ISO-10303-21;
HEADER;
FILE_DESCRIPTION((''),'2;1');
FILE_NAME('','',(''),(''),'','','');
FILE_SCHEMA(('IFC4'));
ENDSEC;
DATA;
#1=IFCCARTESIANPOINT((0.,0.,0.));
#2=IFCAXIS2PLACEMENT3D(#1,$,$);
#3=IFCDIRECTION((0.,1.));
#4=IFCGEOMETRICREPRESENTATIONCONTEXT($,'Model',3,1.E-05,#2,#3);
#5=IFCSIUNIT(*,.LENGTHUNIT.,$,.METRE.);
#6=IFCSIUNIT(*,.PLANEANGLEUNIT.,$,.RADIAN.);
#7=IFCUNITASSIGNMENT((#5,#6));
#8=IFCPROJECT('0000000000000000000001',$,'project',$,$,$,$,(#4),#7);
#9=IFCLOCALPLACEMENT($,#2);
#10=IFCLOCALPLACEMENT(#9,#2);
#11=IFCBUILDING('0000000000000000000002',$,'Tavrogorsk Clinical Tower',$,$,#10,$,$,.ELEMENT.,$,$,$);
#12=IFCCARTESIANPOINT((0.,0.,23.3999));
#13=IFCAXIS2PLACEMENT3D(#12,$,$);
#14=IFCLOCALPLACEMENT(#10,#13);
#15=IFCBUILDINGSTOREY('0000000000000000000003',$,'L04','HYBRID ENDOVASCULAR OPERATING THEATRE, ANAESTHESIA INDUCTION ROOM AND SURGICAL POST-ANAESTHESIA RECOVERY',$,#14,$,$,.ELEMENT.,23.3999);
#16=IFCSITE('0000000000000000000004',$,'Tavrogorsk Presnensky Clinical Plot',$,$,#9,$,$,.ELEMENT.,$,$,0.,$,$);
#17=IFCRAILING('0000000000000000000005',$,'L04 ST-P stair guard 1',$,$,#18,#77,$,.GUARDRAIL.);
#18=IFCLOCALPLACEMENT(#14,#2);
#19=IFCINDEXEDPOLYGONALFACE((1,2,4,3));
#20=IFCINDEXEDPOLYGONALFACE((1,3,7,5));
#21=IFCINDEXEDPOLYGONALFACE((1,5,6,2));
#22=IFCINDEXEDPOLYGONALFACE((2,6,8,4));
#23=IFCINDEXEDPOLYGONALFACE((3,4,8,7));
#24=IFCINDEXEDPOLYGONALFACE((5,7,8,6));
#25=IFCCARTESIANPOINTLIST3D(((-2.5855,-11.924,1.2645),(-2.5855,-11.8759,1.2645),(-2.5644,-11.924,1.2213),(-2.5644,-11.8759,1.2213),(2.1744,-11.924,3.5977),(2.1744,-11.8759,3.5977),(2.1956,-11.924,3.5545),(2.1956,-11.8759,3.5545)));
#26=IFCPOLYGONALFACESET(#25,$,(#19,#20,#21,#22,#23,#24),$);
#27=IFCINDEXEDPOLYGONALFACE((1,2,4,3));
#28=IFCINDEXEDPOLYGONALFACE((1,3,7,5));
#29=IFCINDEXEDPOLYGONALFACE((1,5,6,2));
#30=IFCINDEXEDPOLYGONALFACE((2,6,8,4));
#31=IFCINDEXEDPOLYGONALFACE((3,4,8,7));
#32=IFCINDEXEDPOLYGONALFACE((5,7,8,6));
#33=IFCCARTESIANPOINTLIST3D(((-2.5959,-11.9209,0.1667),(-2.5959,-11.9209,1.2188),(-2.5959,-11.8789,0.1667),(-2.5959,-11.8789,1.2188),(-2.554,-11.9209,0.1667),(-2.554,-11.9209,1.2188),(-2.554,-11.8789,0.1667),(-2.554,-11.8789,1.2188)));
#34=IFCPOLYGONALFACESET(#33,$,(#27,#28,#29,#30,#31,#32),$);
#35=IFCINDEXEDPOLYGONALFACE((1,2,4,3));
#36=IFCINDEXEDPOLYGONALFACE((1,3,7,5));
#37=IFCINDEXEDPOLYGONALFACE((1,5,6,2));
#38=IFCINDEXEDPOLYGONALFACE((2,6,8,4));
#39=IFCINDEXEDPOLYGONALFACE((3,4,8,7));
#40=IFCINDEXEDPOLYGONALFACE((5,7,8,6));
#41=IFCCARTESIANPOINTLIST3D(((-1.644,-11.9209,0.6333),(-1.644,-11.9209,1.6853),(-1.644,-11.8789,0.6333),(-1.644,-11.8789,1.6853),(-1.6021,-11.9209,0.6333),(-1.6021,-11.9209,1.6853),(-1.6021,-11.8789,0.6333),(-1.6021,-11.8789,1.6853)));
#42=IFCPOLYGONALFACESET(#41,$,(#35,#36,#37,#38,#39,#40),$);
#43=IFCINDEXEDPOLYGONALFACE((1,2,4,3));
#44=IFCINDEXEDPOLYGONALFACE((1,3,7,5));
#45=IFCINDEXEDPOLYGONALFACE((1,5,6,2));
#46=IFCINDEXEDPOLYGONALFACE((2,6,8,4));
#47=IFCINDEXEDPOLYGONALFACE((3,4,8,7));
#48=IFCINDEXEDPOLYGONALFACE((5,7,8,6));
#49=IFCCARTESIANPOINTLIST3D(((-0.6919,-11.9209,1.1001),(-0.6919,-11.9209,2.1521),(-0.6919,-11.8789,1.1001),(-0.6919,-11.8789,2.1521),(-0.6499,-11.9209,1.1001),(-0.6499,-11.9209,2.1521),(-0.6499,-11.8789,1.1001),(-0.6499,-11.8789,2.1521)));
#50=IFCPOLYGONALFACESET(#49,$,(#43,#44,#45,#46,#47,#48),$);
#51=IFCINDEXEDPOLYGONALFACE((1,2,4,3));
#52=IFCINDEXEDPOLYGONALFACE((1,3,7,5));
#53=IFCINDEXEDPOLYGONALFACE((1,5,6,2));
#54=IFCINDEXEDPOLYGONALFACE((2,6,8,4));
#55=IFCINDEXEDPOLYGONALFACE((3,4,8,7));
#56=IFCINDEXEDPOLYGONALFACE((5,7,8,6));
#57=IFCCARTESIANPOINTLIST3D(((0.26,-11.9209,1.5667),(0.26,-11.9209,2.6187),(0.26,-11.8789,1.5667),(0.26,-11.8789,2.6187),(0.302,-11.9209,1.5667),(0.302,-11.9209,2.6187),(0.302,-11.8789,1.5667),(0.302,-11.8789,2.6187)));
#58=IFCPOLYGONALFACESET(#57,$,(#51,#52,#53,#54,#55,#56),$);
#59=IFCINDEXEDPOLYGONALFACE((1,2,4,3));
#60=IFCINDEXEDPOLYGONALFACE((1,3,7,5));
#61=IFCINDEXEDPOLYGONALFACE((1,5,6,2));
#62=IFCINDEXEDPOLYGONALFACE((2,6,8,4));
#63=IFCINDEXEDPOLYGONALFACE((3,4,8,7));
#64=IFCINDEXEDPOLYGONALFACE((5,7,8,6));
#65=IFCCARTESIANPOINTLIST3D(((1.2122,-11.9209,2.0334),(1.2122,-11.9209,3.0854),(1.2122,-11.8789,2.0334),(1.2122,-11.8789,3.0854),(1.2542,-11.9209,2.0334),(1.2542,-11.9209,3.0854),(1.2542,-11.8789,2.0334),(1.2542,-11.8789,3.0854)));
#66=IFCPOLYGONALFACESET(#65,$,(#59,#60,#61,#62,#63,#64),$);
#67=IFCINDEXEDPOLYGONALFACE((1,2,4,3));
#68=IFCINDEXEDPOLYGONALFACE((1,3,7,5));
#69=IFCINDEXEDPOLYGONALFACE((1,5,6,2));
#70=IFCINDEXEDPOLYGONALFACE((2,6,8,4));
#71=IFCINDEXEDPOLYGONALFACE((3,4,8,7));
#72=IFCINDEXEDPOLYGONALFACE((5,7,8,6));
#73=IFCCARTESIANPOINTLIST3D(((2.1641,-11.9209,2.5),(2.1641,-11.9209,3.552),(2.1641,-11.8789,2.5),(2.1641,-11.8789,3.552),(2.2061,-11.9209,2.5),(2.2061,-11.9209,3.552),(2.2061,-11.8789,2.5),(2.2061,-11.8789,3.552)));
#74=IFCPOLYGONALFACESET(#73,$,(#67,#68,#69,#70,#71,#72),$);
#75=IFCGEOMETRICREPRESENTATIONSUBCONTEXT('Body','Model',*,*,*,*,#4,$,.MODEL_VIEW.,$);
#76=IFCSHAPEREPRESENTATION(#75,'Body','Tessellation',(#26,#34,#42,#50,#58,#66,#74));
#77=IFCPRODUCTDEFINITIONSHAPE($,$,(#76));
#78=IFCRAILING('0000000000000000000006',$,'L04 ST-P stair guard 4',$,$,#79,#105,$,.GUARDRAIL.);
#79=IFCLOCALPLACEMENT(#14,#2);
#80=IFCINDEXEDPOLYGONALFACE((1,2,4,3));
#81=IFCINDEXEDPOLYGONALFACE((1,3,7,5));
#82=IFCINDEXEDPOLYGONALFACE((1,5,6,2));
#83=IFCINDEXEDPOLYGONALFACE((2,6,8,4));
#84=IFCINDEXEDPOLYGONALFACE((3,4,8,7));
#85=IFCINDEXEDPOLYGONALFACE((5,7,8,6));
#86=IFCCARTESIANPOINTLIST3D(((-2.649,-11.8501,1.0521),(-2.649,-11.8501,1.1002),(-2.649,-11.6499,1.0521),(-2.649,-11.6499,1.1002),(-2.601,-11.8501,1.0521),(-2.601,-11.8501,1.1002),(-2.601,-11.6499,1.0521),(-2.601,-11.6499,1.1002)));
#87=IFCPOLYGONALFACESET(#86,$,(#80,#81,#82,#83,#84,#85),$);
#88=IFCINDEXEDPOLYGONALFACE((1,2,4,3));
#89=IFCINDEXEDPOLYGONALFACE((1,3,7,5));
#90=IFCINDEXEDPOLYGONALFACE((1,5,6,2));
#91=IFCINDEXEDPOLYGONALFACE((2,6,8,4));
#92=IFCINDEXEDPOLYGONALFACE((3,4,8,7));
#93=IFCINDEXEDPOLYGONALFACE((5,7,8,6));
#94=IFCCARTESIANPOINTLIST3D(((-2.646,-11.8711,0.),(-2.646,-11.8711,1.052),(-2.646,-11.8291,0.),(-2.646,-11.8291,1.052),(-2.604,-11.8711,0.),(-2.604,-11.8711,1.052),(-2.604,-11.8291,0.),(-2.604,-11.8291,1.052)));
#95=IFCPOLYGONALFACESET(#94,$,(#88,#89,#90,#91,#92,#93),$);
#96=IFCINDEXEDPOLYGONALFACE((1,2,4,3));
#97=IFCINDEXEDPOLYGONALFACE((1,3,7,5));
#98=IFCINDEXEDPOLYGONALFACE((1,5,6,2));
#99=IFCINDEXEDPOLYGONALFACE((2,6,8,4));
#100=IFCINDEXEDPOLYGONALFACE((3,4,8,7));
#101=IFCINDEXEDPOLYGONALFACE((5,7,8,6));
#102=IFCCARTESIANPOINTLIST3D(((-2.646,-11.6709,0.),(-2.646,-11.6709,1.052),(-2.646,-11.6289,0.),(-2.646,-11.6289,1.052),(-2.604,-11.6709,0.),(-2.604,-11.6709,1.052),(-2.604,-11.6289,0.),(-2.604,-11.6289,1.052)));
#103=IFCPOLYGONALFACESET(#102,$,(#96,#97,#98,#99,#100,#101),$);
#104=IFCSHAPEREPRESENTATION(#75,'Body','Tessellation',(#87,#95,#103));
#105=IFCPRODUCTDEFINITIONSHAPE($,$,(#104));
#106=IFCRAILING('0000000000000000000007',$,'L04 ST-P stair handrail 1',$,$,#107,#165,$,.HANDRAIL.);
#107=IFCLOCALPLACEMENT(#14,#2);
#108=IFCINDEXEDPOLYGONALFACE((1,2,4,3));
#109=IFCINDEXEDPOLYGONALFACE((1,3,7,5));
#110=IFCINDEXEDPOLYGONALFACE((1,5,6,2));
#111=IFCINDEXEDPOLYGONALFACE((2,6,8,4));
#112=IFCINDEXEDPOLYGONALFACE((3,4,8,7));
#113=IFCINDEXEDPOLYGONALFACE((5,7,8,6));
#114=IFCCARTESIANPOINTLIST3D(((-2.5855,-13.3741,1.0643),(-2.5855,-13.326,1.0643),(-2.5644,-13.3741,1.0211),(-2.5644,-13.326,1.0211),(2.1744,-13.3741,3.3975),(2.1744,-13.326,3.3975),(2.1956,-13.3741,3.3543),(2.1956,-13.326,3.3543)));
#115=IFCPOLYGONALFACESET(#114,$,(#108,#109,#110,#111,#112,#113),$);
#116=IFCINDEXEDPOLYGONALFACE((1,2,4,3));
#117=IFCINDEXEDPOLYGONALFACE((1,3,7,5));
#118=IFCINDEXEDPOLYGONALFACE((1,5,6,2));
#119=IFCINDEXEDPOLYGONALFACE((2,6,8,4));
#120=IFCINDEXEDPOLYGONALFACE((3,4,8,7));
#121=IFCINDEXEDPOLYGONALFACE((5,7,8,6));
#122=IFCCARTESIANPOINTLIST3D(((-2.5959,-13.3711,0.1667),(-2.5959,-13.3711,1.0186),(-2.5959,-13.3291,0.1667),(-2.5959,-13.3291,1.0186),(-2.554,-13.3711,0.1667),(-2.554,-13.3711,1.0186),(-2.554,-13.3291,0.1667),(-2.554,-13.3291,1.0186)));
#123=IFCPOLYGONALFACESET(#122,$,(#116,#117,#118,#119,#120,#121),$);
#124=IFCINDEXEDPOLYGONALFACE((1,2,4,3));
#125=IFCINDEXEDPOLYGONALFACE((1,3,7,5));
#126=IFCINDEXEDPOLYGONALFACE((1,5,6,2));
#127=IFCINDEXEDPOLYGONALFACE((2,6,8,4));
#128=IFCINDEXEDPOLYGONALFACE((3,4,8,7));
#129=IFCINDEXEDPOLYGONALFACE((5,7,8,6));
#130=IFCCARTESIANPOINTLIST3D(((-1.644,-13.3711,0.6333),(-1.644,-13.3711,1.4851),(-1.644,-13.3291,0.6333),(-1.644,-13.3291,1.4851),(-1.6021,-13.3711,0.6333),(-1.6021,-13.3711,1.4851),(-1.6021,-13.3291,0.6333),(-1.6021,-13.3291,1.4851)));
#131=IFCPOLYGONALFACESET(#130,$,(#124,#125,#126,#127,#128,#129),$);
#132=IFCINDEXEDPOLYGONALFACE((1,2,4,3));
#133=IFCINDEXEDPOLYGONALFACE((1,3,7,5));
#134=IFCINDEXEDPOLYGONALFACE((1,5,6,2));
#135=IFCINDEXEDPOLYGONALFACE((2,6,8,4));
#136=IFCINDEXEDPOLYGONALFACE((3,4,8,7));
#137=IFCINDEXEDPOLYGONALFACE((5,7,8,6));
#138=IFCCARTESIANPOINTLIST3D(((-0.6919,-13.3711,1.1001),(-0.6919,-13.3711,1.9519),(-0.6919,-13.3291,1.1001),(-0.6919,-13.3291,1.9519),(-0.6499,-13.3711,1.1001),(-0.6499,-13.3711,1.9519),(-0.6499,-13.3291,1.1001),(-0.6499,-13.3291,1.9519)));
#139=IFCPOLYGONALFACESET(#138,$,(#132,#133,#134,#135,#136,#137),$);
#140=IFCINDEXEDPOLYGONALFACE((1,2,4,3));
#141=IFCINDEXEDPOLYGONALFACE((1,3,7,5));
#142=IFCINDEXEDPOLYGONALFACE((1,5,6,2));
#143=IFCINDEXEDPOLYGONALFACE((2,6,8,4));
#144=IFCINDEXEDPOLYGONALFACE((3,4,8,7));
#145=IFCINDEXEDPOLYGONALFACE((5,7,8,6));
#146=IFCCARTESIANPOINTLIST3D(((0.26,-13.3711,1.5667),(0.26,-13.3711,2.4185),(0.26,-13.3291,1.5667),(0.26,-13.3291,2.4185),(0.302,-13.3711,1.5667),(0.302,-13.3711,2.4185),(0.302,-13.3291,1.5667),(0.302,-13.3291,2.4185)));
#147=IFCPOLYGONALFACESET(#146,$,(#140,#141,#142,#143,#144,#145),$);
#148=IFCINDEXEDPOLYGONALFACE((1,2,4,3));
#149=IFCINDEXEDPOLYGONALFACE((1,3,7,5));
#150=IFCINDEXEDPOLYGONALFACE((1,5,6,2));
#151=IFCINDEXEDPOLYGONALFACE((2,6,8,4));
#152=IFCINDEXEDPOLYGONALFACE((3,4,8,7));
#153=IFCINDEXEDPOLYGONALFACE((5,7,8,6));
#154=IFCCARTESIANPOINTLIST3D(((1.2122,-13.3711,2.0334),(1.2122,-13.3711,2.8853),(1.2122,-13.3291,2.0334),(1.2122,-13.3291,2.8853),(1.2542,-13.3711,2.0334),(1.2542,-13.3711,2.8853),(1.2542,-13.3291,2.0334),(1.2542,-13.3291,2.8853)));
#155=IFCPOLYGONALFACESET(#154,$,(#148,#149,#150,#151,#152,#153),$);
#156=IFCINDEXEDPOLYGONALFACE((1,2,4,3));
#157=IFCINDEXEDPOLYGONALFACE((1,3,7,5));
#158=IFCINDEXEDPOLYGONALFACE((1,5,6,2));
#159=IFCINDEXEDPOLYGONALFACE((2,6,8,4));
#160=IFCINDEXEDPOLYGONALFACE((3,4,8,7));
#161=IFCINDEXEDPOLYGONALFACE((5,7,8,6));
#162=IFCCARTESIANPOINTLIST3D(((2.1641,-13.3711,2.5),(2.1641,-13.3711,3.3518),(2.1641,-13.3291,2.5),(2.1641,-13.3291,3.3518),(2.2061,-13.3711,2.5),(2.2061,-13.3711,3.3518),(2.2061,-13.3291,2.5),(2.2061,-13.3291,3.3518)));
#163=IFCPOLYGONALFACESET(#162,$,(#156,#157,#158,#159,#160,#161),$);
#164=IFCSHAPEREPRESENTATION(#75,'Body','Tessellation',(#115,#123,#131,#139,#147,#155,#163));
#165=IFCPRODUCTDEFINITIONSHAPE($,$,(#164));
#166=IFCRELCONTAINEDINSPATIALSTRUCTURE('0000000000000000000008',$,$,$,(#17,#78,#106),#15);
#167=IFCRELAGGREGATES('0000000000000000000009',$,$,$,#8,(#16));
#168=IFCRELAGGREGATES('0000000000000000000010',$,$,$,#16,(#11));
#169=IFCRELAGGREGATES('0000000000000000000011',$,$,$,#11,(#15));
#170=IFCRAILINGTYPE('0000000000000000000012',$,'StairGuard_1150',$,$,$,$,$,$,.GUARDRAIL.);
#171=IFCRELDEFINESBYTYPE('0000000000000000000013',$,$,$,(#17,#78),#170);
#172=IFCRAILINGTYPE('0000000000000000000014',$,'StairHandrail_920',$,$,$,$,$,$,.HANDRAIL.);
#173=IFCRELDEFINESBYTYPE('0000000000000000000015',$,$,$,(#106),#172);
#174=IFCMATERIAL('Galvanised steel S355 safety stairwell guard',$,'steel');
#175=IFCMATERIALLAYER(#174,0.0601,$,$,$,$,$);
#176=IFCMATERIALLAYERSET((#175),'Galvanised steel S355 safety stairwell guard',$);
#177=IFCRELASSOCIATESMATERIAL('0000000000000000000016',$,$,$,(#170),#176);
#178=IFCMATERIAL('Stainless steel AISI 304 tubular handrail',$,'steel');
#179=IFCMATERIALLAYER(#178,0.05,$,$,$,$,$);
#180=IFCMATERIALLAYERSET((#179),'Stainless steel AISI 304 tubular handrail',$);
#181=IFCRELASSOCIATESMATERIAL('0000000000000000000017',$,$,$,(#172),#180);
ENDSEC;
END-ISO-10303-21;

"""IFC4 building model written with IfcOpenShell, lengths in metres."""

from ifc_helpers import new_model, si_unit, direction, frame, origin, origin_2d, place, context, subcontext, project, spatial, rectangle, extrude, material, layer, layer_set, type_object, element, save


model = new_model("IFC4")

# Units and contexts
model_context = context("Model", 3, precision=1e-05, world=origin(), true_north=direction((0.0, 1.0)))
body_context = subcontext(model_context, "Body", "Model", "MODEL_VIEW")
ifc_project = project(units=[si_unit("LENGTHUNIT", "METRE"), si_unit("PLANEANGLEUNIT", "RADIAN")], contexts=[model_context])

# Site, building, storey
site_placement = place(None, origin())
site = spatial("IfcSite", under=ifc_project, at=site_placement, Name="Tavrogorsk Presnensky Clinical Plot", CompositionType="ELEMENT", RefElevation=0.0)
building_placement = place(site_placement, origin())
building = spatial("IfcBuilding", under=site, at=building_placement, Name="Tavrogorsk Clinical Tower", CompositionType="ELEMENT")
storey_placement = place(building_placement, frame((0.0, 0.0, 23.3999)))
storey = spatial("IfcBuildingStorey", under=building, at=storey_placement, Name="L04", Description="HYBRID ENDOVASCULAR OPERATING THEATRE, ANAESTHESIA INDUCTION ROOM AND SURGICAL POST-ANAESTHESIA RECOVERY", CompositionType="ELEMENT", Elevation=23.3999)

# Railings
ifc_material_1 = material(Name="Galvanised steel S355 safety stairwell guard", Category="steel")
ifc_layer_1 = layer(ifc_material_1, 0.0601)
ifc_layer_set_1 = layer_set([ifc_layer_1], Name="Galvanised steel S355 safety stairwell guard")
railing_type_1 = type_object("IfcRailingType", Name="StairGuard_1150", PredefinedType="GUARDRAIL", material=ifc_layer_set_1)
railing_1_placement = place(storey_placement, frame((-2.575, -11.8999, 0.1667)))
element("IfcRailing", 1, at=railing_1_placement, inside=storey, type_object=railing_type_1, Name="L04 ST-P stair guard 1", PredefinedType="GUARDRAIL", context=body_context, shape_type="SweptSolid", body=[
    extrude(rectangle(XDim=0.0481, YDim=0.0481, at=origin_2d()), frame((0.0, 0.0, 1.0762), z_axis=(0.897927, 0.0, 0.440144), x_axis=(0.0, 1.0, 0.0)), (0.0, 0.0, 1.0), 5.301),
    extrude(rectangle(XDim=0.042, YDim=0.042, at=origin_2d()), origin(), (0.0, 0.0, 1.0), 1.052),
    extrude(rectangle(XDim=0.042, YDim=0.042, at=origin_2d()), frame((0.9519, 0.0, 0.4666)), (0.0, 0.0, 1.0), 1.052),
    extrude(rectangle(XDim=0.042, YDim=0.042, at=origin_2d()), frame((1.9041, 0.0, 0.9333)), (0.0, 0.0, 1.0), 1.052),
    extrude(rectangle(XDim=0.042, YDim=0.042, at=origin_2d()), frame((2.856, 0.0, 1.3999)), (0.0, 0.0, 1.0), 1.052),
    extrude(rectangle(XDim=0.042, YDim=0.042, at=origin_2d()), frame((3.8081, 0.0, 1.8667)), (0.0, 0.0, 1.0), 1.052),
    extrude(rectangle(XDim=0.042, YDim=0.042, at=origin_2d()), frame((4.76, 0.0, 2.3333)), (0.0, 0.0, 1.0), 1.052),
])
railing_2_placement = place(storey_placement, frame((-2.625, -11.8501, 0.0)))
element("IfcRailing", 2, at=railing_2_placement, inside=storey, type_object=railing_type_1, Name="L04 ST-P stair guard 4", PredefinedType="GUARDRAIL", context=body_context, shape_type="SweptSolid", body=[
    extrude(rectangle(XDim=0.0481, YDim=0.0481, at=origin_2d()), frame((0.0, 0.0, 1.0762), z_axis=(0.0, 1.0, 0.0), x_axis=(-1.0, 0.0, 0.0)), (0.0, 0.0, 1.0), 0.2002),
    extrude(rectangle(XDim=0.042, YDim=0.042, at=origin_2d()), origin(), (0.0, 0.0, 1.0), 1.052),
    extrude(rectangle(XDim=0.042, YDim=0.042, at=origin_2d()), frame((0.0, 0.2002, 0.0)), (0.0, 0.0, 1.0), 1.052),
])
ifc_material_2 = material(Name="Stainless steel AISI 304 tubular handrail", Category="steel")
ifc_layer_2 = layer(ifc_material_2, 0.05)
ifc_layer_set_2 = layer_set([ifc_layer_2], Name="Stainless steel AISI 304 tubular handrail")
railing_type_2 = type_object("IfcRailingType", Name="StairHandrail_920", PredefinedType="HANDRAIL", material=ifc_layer_set_2)
railing_3_placement = place(storey_placement, frame((-2.575, -13.3501, 0.1667)))
element("IfcRailing", 3, at=railing_3_placement, inside=storey, type_object=railing_type_2, Name="L04 ST-P stair handrail 1", PredefinedType="HANDRAIL", context=body_context, shape_type="SweptSolid", body=[
    extrude(rectangle(XDim=0.0481, YDim=0.0481, at=origin_2d()), frame((0.0, 0.0, 0.876), z_axis=(0.897927, 0.0, 0.440144), x_axis=(0.0, 1.0, 0.0)), (0.0, 0.0, 1.0), 5.301),
    extrude(rectangle(XDim=0.042, YDim=0.042, at=origin_2d()), origin(), (0.0, 0.0, 1.0), 0.8518),
    extrude(rectangle(XDim=0.042, YDim=0.042, at=origin_2d()), frame((0.9519, 0.0, 0.4666)), (0.0, 0.0, 1.0), 0.8518),
    extrude(rectangle(XDim=0.042, YDim=0.042, at=origin_2d()), frame((1.9041, 0.0, 0.9333)), (0.0, 0.0, 1.0), 0.8518),
    extrude(rectangle(XDim=0.042, YDim=0.042, at=origin_2d()), frame((2.856, 0.0, 1.3999)), (0.0, 0.0, 1.0), 0.8518),
    extrude(rectangle(XDim=0.042, YDim=0.042, at=origin_2d()), frame((3.8081, 0.0, 1.8667)), (0.0, 0.0, 1.0), 0.8518),
    extrude(rectangle(XDim=0.042, YDim=0.042, at=origin_2d()), frame((4.76, 0.0, 2.3333)), (0.0, 0.0, 1.0), 0.8518),
])

save(model, "model.ifc")
